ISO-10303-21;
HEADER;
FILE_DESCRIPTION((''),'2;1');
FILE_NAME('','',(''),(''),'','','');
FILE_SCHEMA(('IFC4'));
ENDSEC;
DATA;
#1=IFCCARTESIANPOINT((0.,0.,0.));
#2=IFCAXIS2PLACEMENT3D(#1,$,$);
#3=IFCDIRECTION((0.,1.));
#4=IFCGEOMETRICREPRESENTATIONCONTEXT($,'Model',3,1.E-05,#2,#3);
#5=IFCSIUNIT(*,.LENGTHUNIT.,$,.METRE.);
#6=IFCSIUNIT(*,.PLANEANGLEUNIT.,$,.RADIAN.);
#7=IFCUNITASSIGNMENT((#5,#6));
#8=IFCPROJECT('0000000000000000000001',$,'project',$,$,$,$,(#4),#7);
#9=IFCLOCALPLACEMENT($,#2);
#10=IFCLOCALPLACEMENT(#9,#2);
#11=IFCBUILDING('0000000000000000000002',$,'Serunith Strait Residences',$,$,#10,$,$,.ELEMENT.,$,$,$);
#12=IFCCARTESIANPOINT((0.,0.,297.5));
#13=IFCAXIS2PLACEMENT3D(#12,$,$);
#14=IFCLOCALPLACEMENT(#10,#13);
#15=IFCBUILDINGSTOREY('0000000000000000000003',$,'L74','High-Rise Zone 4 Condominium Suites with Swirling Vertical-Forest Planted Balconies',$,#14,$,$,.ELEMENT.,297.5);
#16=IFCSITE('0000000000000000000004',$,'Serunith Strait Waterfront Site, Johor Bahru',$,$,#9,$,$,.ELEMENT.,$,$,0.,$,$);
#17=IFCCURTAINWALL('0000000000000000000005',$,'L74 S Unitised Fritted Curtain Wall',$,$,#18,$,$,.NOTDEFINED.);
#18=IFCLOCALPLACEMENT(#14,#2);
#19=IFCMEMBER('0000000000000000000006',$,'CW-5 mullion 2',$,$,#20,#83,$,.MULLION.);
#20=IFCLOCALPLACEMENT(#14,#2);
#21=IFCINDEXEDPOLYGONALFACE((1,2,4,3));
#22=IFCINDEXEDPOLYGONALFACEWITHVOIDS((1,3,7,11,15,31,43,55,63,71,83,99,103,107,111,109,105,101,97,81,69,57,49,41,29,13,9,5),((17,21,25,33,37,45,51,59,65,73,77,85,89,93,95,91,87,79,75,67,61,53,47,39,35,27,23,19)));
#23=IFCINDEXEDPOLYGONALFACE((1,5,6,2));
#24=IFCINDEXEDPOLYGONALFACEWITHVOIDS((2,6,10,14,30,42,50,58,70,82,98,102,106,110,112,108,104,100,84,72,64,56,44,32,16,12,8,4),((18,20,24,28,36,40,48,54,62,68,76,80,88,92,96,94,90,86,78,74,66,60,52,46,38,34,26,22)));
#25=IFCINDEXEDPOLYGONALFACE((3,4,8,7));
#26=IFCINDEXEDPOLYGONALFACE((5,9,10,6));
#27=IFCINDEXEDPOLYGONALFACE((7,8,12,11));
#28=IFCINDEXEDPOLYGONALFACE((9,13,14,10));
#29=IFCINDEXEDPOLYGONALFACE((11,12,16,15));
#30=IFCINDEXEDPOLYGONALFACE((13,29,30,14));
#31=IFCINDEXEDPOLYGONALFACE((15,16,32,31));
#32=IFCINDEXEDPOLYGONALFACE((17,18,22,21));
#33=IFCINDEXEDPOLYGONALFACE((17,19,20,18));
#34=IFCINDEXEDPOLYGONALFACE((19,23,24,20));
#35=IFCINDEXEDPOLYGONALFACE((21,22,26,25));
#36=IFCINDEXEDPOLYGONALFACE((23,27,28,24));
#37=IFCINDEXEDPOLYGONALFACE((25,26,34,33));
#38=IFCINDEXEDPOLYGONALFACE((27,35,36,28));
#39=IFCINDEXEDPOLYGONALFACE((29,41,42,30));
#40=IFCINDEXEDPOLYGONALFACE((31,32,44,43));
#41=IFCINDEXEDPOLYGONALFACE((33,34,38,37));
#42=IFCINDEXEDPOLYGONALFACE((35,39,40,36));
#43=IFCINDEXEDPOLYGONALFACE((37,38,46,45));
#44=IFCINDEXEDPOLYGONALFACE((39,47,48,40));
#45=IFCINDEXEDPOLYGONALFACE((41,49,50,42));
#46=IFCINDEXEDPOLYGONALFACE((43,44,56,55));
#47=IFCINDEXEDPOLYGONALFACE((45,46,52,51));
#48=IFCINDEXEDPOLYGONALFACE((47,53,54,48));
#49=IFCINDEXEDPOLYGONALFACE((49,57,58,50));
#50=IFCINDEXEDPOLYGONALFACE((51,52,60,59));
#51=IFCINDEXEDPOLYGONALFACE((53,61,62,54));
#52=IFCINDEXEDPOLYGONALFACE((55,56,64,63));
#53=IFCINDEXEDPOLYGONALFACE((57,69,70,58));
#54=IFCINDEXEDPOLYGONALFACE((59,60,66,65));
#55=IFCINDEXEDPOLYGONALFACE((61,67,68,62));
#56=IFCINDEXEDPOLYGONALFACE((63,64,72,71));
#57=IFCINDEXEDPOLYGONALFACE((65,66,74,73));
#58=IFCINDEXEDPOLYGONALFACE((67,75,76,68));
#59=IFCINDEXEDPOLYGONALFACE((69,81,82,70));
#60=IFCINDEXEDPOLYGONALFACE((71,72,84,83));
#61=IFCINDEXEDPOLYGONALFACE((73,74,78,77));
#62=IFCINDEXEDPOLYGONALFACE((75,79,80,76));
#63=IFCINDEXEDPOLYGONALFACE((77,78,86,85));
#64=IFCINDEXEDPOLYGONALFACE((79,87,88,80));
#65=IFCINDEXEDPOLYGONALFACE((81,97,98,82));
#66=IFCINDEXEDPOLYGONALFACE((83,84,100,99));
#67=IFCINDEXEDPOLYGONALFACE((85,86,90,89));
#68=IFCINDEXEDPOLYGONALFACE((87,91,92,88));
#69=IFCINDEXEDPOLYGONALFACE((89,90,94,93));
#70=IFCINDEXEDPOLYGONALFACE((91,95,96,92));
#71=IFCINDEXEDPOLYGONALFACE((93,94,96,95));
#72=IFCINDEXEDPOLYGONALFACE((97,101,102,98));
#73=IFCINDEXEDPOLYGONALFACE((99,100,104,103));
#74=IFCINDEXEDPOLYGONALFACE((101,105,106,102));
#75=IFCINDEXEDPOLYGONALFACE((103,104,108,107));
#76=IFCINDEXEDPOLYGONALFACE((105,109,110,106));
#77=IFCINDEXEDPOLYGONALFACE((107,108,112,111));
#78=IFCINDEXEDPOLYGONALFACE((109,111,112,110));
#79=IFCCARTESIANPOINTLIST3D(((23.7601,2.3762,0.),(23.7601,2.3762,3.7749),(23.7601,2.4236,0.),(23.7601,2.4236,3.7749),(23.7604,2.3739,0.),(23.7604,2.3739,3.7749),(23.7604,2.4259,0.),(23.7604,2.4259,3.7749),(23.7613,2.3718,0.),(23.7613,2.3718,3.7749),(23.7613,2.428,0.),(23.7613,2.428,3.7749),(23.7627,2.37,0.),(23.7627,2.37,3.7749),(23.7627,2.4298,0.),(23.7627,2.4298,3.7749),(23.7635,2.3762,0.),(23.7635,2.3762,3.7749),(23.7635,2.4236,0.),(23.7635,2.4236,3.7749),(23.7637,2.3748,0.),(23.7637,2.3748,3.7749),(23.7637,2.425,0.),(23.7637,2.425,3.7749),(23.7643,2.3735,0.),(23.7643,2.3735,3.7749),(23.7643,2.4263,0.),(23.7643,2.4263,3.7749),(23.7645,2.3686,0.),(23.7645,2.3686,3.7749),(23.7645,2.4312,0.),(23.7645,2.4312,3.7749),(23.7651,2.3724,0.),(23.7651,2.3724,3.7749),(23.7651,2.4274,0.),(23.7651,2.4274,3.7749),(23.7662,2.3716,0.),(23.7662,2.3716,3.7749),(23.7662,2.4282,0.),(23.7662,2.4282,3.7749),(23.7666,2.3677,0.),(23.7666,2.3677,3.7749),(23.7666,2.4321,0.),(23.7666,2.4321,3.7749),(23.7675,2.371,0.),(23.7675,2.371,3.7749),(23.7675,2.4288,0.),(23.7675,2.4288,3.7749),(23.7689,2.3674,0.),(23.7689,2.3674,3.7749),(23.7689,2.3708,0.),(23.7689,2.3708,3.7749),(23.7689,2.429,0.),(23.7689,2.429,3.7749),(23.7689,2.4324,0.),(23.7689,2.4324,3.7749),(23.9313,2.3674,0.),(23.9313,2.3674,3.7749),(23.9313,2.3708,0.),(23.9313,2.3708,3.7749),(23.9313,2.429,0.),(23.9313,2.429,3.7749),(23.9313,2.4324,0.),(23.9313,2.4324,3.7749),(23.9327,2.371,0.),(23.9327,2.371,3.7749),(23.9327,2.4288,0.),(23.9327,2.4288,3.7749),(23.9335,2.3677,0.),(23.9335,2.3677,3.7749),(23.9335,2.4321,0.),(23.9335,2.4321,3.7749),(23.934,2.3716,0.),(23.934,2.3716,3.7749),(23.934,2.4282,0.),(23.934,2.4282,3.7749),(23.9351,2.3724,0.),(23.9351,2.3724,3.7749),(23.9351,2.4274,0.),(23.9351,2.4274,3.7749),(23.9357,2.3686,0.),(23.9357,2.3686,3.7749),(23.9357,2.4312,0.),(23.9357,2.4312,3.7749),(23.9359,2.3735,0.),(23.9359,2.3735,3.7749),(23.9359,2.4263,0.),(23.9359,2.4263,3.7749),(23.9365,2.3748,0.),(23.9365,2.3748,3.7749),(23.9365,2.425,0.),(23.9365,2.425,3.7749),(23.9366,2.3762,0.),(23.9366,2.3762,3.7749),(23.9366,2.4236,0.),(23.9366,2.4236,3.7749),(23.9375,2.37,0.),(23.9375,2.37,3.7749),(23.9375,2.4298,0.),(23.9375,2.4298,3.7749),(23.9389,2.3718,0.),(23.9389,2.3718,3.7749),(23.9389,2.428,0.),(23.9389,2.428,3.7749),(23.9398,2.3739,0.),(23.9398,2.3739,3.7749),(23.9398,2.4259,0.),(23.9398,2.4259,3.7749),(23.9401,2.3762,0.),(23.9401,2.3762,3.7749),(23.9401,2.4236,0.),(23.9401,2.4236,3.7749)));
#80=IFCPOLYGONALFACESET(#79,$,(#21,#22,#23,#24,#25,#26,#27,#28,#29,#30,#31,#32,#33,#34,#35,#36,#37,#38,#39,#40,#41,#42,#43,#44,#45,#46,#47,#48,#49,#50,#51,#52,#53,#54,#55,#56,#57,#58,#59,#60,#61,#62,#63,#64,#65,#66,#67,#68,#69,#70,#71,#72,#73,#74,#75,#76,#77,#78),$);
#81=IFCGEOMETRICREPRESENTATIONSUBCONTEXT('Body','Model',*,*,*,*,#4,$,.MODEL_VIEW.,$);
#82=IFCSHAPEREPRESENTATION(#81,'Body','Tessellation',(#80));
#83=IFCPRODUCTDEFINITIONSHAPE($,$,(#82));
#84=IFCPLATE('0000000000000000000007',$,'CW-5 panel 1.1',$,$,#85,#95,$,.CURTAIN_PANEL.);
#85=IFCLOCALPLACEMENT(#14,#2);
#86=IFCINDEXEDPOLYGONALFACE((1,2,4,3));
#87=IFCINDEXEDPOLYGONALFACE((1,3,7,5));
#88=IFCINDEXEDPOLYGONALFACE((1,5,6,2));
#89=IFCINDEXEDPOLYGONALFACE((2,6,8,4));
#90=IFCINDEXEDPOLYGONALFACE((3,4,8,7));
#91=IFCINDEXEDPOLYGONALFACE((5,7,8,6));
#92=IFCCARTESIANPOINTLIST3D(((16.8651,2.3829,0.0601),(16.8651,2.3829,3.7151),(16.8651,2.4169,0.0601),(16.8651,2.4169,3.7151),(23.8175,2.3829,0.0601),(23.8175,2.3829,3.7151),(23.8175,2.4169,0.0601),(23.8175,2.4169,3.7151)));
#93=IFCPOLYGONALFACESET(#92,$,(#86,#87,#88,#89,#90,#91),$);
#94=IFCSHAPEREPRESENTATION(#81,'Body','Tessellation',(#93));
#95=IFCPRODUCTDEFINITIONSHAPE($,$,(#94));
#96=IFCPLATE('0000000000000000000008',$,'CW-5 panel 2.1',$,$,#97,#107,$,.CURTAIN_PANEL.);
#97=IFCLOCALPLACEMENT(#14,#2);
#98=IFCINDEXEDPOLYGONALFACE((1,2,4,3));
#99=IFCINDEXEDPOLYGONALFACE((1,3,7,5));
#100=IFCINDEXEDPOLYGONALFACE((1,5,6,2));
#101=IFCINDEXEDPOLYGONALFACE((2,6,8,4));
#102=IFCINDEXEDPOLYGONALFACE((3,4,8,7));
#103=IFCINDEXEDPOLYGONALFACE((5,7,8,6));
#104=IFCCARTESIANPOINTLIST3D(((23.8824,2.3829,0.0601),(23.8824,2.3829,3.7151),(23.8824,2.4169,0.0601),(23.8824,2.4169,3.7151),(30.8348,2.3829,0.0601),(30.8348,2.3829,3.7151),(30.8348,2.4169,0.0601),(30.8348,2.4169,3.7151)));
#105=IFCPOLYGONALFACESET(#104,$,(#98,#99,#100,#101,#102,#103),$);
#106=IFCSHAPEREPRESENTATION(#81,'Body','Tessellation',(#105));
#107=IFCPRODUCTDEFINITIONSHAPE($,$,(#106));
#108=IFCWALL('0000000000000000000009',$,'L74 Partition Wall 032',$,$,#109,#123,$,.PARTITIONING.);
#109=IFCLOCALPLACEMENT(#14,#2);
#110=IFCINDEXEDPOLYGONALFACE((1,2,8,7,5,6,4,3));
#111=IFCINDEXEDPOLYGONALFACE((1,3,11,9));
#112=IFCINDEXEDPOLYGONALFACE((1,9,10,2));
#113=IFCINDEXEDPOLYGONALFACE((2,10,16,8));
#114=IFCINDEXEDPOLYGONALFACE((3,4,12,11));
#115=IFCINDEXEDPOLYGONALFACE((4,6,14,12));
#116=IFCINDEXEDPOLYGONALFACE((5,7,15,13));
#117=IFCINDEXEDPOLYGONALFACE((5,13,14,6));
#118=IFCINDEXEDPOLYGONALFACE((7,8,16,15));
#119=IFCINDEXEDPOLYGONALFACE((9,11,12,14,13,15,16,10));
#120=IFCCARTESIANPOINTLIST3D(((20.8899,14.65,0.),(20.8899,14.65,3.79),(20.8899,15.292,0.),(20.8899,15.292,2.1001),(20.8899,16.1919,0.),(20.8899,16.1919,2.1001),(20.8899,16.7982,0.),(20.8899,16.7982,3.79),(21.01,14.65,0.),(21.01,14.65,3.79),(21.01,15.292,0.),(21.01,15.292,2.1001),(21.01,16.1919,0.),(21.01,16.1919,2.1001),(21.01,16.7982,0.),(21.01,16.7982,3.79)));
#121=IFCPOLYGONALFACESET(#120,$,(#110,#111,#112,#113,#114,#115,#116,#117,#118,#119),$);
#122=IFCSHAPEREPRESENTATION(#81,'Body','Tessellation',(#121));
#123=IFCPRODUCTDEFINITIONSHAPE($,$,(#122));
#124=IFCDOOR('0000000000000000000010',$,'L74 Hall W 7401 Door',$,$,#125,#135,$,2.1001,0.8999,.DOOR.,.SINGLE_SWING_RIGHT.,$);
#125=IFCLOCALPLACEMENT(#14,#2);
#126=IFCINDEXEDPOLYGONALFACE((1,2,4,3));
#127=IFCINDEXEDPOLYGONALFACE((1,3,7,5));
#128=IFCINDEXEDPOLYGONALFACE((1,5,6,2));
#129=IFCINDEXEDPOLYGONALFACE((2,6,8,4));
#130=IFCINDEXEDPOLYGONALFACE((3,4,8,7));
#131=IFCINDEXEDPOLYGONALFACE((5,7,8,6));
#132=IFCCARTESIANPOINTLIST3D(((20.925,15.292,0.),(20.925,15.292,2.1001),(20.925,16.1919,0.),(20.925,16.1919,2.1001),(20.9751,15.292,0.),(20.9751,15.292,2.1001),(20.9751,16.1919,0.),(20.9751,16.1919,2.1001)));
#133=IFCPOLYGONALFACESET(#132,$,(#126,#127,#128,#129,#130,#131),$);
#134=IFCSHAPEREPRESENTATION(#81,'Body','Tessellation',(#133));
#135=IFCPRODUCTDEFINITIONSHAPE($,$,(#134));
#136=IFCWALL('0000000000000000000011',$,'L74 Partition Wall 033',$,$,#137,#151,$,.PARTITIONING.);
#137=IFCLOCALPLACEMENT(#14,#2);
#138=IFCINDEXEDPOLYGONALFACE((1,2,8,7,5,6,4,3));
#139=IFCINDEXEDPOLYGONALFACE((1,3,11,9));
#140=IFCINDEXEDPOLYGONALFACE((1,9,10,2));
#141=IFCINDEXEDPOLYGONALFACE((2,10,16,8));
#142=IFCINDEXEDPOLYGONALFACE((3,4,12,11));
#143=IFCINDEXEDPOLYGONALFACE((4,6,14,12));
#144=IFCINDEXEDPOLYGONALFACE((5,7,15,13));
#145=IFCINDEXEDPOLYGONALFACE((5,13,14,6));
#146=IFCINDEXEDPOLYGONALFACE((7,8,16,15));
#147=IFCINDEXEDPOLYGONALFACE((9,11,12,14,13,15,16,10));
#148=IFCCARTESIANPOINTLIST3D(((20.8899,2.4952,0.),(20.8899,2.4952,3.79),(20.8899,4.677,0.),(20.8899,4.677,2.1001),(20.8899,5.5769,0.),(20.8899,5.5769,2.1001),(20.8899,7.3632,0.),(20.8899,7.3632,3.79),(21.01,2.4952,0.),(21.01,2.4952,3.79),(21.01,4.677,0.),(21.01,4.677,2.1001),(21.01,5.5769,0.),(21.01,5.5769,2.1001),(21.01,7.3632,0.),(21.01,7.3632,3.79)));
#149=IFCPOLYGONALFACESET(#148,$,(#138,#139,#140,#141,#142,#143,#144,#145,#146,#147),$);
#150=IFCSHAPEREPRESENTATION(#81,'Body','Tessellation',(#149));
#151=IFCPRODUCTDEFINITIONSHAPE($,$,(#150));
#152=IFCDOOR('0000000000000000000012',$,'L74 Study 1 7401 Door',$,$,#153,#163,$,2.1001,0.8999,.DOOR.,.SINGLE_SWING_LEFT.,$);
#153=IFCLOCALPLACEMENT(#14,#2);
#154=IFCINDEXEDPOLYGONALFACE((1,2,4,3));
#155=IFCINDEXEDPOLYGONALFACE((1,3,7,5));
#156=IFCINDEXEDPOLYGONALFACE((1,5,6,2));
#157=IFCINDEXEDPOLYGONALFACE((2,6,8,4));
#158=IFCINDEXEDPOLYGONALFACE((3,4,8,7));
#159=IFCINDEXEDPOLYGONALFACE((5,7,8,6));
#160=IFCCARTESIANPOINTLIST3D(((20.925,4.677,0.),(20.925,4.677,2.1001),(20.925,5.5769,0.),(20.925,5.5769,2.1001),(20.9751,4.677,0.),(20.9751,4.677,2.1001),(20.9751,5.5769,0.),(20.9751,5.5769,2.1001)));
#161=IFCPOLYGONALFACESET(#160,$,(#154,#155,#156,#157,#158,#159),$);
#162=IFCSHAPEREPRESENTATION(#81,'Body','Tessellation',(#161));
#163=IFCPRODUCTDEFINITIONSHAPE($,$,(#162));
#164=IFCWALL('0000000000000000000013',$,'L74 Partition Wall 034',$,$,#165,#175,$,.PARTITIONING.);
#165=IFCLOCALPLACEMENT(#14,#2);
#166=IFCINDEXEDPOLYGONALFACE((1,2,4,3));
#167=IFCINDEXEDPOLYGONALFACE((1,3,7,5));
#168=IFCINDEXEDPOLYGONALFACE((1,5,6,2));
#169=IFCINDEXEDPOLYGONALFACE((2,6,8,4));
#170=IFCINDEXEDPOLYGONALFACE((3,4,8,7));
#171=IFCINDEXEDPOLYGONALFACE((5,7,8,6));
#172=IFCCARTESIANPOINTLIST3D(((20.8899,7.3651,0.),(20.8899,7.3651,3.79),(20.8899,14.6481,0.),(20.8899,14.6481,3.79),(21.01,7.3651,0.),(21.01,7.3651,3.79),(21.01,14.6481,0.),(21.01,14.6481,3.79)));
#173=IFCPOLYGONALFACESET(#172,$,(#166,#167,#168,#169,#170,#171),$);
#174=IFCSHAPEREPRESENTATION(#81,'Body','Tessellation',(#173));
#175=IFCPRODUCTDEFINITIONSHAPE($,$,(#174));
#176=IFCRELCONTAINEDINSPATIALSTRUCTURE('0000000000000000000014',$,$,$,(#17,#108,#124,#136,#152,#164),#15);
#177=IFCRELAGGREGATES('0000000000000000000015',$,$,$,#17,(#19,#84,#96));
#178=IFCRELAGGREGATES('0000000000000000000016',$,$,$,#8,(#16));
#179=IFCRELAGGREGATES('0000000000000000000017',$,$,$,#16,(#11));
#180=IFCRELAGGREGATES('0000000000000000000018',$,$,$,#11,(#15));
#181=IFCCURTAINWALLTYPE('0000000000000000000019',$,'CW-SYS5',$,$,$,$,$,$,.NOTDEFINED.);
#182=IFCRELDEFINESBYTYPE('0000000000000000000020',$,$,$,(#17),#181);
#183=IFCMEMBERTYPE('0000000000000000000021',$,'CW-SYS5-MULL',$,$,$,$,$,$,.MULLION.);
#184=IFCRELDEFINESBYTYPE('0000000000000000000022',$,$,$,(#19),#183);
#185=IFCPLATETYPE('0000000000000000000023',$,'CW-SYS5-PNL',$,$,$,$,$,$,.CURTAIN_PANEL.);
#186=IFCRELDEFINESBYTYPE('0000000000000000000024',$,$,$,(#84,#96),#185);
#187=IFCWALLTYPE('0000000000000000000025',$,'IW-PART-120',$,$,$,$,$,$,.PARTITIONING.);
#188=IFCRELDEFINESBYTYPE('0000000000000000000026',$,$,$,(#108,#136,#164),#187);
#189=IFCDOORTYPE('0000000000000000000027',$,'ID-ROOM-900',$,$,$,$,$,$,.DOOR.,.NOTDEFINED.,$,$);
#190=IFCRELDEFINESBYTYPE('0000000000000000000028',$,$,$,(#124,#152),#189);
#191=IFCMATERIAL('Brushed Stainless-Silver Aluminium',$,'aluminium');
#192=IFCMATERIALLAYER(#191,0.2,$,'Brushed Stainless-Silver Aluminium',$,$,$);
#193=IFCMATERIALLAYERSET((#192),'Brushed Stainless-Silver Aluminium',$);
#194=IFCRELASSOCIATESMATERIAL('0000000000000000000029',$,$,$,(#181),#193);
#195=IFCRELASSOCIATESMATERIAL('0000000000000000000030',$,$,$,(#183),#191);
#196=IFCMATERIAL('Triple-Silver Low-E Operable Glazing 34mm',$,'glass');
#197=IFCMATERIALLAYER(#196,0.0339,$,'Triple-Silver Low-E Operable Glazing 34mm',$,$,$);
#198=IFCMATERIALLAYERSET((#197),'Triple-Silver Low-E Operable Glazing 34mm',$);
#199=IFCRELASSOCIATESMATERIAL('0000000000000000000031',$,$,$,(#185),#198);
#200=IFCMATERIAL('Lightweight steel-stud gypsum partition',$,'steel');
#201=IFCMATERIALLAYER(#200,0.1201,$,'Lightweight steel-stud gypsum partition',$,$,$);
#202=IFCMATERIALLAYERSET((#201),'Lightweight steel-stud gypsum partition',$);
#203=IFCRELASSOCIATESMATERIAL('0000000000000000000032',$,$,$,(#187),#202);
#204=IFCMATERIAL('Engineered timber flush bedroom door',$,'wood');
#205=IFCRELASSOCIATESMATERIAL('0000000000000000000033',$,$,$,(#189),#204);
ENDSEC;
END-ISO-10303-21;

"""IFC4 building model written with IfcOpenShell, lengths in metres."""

from ifc_helpers import new_model, si_unit, direction, frame, frame_2d, origin, origin_2d, place, context, subcontext, project, spatial, rectangle, hollow_rectangle, extrude, source, transform, mapped, material, layer, layer_set, material_profile, profile_set, type_object, element, fill, aggregate, save


model = new_model("IFC4")

# Units and contexts
model_context = context("Model", 3, precision=1e-05, world=origin(), true_north=direction((0.0, 1.0)))
body_context = subcontext(model_context, "Body", "Model", "MODEL_VIEW")
ifc_project = project(units=[si_unit("LENGTHUNIT", "METRE"), si_unit("PLANEANGLEUNIT", "RADIAN")], contexts=[model_context])

# Site, building, storey
site_placement = place(None, origin())
site = spatial("IfcSite", under=ifc_project, at=site_placement, Name="Serunith Strait Waterfront Site, Johor Bahru", CompositionType="ELEMENT", RefElevation=0.0)
building_placement = place(site_placement, origin())
building = spatial("IfcBuilding", under=site, at=building_placement, Name="Serunith Strait Residences", CompositionType="ELEMENT")
storey_placement = place(building_placement, frame((0.0, 0.0, 297.5)))
storey = spatial("IfcBuildingStorey", under=building, at=storey_placement, Name="L74", Description="High-Rise Zone 4 Condominium Suites with Swirling Vertical-Forest Planted Balconies", CompositionType="ELEMENT", Elevation=297.5)

# Curtain wall, member, plates
ifc_material_1 = material(Name="Brushed Stainless-Silver Aluminium", Category="aluminium")
ifc_layer_1 = layer(ifc_material_1, 0.2, Name="Brushed Stainless-Silver Aluminium")
ifc_layer_set_1 = layer_set([ifc_layer_1], Name="Brushed Stainless-Silver Aluminium")
curtain_wall_type = type_object("IfcCurtainWallType", Name="CW-SYS5", PredefinedType="NOTDEFINED", material=ifc_layer_set_1)
curtain_wall_placement = place(storey_placement, origin())
curtain_wall = element("IfcCurtainWall", 1, at=curtain_wall_placement, inside=storey, type_object=curtain_wall_type, Name="L74 S Unitised Fritted Curtain Wall", PredefinedType="NOTDEFINED")
ifc_material_profile_1 = material_profile(ifc_material_1, hollow_rectangle(XDim=0.0649, YDim=0.1799, WallThickness=0.0034, InnerFilletRadius=0.0054, OuterFilletRadius=0.0088, at=origin_2d()), Name="ALU 180x65x3.5")
ifc_profile_set_1 = profile_set([ifc_material_profile_1], Name="Brushed Stainless-Silver Aluminium")
member_type_1 = type_object("IfcMemberType", Name="CW-SYS5-MULL", PredefinedType="MULLION", material=ifc_profile_set_1)
shared_shape_1 = source(origin(), body_context, "Body", "SweptSolid", [
    extrude(hollow_rectangle(XDim=0.0649, YDim=0.1799, WallThickness=0.0034, InnerFilletRadius=0.0054, OuterFilletRadius=0.0088, at=origin_2d()), origin(), (0.0, 0.0, 1.0), 3.7749),
])
member_1_placement = place(storey_placement, frame((23.8501, 2.3999, 0.0), z_axis=(0.0, 0.0, 1.0), x_axis=(0.0, 1.0, 0.0)))
member_1 = element("IfcMember", 2, at=member_1_placement, type_object=member_type_1, Name="CW-5 mullion 2", PredefinedType="MULLION", context=body_context, shape_type="MappedRepresentation", body=[
    mapped(shared_shape_1, transform((0.0, 0.0, 0.0), scale=1.0)),
])
ifc_material_2 = material(Name="Triple-Silver Low-E Operable Glazing 34mm", Category="glass")
ifc_layer_2 = layer(ifc_material_2, 0.0339, Name="Triple-Silver Low-E Operable Glazing 34mm")
ifc_layer_set_2 = layer_set([ifc_layer_2], Name="Triple-Silver Low-E Operable Glazing 34mm")
plate_type = type_object("IfcPlateType", Name="CW-SYS5-PNL", PredefinedType="CURTAIN_PANEL", material=ifc_layer_set_2)
shared_shape_2 = source(origin(), body_context, "Body", "SweptSolid", [
    extrude(rectangle(XDim=6.9524, YDim=0.0339, at=origin_2d()), origin(), (0.0, 0.0, 1.0), 3.655),
])
plate_1_placement = place(storey_placement, frame((20.3413, 2.3999, 0.0601), z_axis=(0.0, 0.0, 1.0), x_axis=(1.0, 0.0, 0.0)))
plate_1 = element("IfcPlate", 3, at=plate_1_placement, type_object=plate_type, Name="CW-5 panel 1.1", PredefinedType="CURTAIN_PANEL", context=body_context, shape_type="MappedRepresentation", body=[
    mapped(shared_shape_2, transform((0.0, 0.0, 0.0), scale=1.0)),
])
plate_2_placement = place(storey_placement, frame((27.3586, 2.3999, 0.0601), z_axis=(0.0, 0.0, 1.0), x_axis=(1.0, 0.0, 0.0)))
plate_2 = element("IfcPlate", 4, at=plate_2_placement, type_object=plate_type, Name="CW-5 panel 2.1", PredefinedType="CURTAIN_PANEL", context=body_context, shape_type="MappedRepresentation", body=[
    mapped(shared_shape_2, transform((0.0, 0.0, 0.0), scale=1.0)),
])
aggregate(curtain_wall, [member_1, plate_1, plate_2])

# Walls, openings, doors
ifc_material_3 = material(Name="Lightweight steel-stud gypsum partition", Category="steel")
ifc_layer_3 = layer(ifc_material_3, 0.1201, Name="Lightweight steel-stud gypsum partition")
ifc_layer_set_3 = layer_set([ifc_layer_3], Name="Lightweight steel-stud gypsum partition")
wall_type_1 = type_object("IfcWallType", Name="IW-PART-120", PredefinedType="PARTITIONING", material=ifc_layer_set_3)
wall_1_placement = place(storey_placement, frame((20.95, 14.6499, 0.0), z_axis=(0.0, 0.0, 1.0), x_axis=(0.0, 1.0, 0.0)))
wall_1 = element("IfcWall", 5, at=wall_1_placement, inside=storey, type_object=wall_type_1, Name="L74 Partition Wall 032", PredefinedType="PARTITIONING", context=body_context, shape_type="SweptSolid", body=[
    extrude(rectangle(XDim=2.1482, YDim=0.1201, at=frame_2d((1.0742, 0.0))), origin(), (0.0, 0.0, 1.0), 3.79),
])
opening_1_placement = place(wall_1_placement, frame((0.6421, 0.0, 0.0)))
opening_1 = element("IfcOpeningElement", 6, at=opening_1_placement, cuts=wall_1, PredefinedType="OPENING", context=body_context, shape_type="SweptSolid", body=[
    extrude(rectangle(XDim=0.8999, YDim=2.1001, at=frame_2d((0.45, 1.05))), frame((0.0, 0.0701, 0.0), z_axis=(0.0, -1.0, 0.0), x_axis=(1.0, 0.0, 0.0)), (0.0, 0.0, 1.0), 0.1401),
])
ifc_material_4 = material(Name="Engineered timber flush bedroom door", Category="wood")
door_type_1 = type_object("IfcDoorType", Name="ID-ROOM-900", OperationType="NOTDEFINED", PredefinedType="DOOR", material=ifc_material_4)
shared_shape_3 = source(origin(), body_context, "Body", "SweptSolid", [
    extrude(rectangle(XDim=0.8999, YDim=2.1001, at=frame_2d((0.45, 1.05))), frame((0.0, 0.0249, 0.0), z_axis=(0.0, -1.0, 0.0), x_axis=(1.0, 0.0, 0.0)), (0.0, 0.0, 1.0), 0.05),
])
door_1_placement = place(opening_1_placement, origin())
door_1 = element("IfcDoor", 7, at=door_1_placement, inside=storey, type_object=door_type_1, Name="L74 Hall W 7401 Door", OperationType="SINGLE_SWING_RIGHT", OverallHeight=2.1001, OverallWidth=0.8999, PredefinedType="DOOR", context=body_context, shape_type="MappedRepresentation", body=[
    mapped(shared_shape_3, transform((0.0, 0.0, 0.0), scale=1.0)),
])
fill(opening_1, door_1)
wall_2_placement = place(storey_placement, frame((20.95, 2.4951, 0.0), z_axis=(0.0, 0.0, 1.0), x_axis=(0.0, 1.0, 0.0)))
wall_2 = element("IfcWall", 8, at=wall_2_placement, inside=storey, type_object=wall_type_1, Name="L74 Partition Wall 033", PredefinedType="PARTITIONING", context=body_context, shape_type="SweptSolid", body=[
    extrude(rectangle(XDim=4.8679, YDim=0.1201, at=frame_2d((2.4341, 0.0))), origin(), (0.0, 0.0, 1.0), 3.79),
])
opening_2_placement = place(wall_2_placement, frame((2.1819, 0.0, 0.0)))
opening_2 = element("IfcOpeningElement", 9, at=opening_2_placement, cuts=wall_2, PredefinedType="OPENING", context=body_context, shape_type="SweptSolid", body=[
    extrude(rectangle(XDim=0.8999, YDim=2.1001, at=frame_2d((0.45, 1.05))), frame((0.0, 0.0701, 0.0), z_axis=(0.0, -1.0, 0.0), x_axis=(1.0, 0.0, 0.0)), (0.0, 0.0, 1.0), 0.1401),
])
door_2_placement = place(opening_2_placement, origin())
door_2 = element("IfcDoor", 10, at=door_2_placement, inside=storey, type_object=door_type_1, Name="L74 Study 1 7401 Door", OperationType="SINGLE_SWING_LEFT", OverallHeight=2.1001, OverallWidth=0.8999, PredefinedType="DOOR", context=body_context, shape_type="MappedRepresentation", body=[
    mapped(shared_shape_3, transform((0.0, 0.0, 0.0), scale=1.0)),
])
fill(opening_2, door_2)

# Wall
wall_3_placement = place(storey_placement, frame((20.95, 7.365, 0.0), z_axis=(0.0, 0.0, 1.0), x_axis=(0.0, 1.0, 0.0)))
element("IfcWall", 11, at=wall_3_placement, inside=storey, type_object=wall_type_1, Name="L74 Partition Wall 034", PredefinedType="PARTITIONING", context=body_context, shape_type="SweptSolid", body=[
    extrude(rectangle(XDim=7.283, YDim=0.1201, at=frame_2d((3.6416, 0.0))), origin(), (0.0, 0.0, 1.0), 3.79),
])

save(model, "model.ifc")
